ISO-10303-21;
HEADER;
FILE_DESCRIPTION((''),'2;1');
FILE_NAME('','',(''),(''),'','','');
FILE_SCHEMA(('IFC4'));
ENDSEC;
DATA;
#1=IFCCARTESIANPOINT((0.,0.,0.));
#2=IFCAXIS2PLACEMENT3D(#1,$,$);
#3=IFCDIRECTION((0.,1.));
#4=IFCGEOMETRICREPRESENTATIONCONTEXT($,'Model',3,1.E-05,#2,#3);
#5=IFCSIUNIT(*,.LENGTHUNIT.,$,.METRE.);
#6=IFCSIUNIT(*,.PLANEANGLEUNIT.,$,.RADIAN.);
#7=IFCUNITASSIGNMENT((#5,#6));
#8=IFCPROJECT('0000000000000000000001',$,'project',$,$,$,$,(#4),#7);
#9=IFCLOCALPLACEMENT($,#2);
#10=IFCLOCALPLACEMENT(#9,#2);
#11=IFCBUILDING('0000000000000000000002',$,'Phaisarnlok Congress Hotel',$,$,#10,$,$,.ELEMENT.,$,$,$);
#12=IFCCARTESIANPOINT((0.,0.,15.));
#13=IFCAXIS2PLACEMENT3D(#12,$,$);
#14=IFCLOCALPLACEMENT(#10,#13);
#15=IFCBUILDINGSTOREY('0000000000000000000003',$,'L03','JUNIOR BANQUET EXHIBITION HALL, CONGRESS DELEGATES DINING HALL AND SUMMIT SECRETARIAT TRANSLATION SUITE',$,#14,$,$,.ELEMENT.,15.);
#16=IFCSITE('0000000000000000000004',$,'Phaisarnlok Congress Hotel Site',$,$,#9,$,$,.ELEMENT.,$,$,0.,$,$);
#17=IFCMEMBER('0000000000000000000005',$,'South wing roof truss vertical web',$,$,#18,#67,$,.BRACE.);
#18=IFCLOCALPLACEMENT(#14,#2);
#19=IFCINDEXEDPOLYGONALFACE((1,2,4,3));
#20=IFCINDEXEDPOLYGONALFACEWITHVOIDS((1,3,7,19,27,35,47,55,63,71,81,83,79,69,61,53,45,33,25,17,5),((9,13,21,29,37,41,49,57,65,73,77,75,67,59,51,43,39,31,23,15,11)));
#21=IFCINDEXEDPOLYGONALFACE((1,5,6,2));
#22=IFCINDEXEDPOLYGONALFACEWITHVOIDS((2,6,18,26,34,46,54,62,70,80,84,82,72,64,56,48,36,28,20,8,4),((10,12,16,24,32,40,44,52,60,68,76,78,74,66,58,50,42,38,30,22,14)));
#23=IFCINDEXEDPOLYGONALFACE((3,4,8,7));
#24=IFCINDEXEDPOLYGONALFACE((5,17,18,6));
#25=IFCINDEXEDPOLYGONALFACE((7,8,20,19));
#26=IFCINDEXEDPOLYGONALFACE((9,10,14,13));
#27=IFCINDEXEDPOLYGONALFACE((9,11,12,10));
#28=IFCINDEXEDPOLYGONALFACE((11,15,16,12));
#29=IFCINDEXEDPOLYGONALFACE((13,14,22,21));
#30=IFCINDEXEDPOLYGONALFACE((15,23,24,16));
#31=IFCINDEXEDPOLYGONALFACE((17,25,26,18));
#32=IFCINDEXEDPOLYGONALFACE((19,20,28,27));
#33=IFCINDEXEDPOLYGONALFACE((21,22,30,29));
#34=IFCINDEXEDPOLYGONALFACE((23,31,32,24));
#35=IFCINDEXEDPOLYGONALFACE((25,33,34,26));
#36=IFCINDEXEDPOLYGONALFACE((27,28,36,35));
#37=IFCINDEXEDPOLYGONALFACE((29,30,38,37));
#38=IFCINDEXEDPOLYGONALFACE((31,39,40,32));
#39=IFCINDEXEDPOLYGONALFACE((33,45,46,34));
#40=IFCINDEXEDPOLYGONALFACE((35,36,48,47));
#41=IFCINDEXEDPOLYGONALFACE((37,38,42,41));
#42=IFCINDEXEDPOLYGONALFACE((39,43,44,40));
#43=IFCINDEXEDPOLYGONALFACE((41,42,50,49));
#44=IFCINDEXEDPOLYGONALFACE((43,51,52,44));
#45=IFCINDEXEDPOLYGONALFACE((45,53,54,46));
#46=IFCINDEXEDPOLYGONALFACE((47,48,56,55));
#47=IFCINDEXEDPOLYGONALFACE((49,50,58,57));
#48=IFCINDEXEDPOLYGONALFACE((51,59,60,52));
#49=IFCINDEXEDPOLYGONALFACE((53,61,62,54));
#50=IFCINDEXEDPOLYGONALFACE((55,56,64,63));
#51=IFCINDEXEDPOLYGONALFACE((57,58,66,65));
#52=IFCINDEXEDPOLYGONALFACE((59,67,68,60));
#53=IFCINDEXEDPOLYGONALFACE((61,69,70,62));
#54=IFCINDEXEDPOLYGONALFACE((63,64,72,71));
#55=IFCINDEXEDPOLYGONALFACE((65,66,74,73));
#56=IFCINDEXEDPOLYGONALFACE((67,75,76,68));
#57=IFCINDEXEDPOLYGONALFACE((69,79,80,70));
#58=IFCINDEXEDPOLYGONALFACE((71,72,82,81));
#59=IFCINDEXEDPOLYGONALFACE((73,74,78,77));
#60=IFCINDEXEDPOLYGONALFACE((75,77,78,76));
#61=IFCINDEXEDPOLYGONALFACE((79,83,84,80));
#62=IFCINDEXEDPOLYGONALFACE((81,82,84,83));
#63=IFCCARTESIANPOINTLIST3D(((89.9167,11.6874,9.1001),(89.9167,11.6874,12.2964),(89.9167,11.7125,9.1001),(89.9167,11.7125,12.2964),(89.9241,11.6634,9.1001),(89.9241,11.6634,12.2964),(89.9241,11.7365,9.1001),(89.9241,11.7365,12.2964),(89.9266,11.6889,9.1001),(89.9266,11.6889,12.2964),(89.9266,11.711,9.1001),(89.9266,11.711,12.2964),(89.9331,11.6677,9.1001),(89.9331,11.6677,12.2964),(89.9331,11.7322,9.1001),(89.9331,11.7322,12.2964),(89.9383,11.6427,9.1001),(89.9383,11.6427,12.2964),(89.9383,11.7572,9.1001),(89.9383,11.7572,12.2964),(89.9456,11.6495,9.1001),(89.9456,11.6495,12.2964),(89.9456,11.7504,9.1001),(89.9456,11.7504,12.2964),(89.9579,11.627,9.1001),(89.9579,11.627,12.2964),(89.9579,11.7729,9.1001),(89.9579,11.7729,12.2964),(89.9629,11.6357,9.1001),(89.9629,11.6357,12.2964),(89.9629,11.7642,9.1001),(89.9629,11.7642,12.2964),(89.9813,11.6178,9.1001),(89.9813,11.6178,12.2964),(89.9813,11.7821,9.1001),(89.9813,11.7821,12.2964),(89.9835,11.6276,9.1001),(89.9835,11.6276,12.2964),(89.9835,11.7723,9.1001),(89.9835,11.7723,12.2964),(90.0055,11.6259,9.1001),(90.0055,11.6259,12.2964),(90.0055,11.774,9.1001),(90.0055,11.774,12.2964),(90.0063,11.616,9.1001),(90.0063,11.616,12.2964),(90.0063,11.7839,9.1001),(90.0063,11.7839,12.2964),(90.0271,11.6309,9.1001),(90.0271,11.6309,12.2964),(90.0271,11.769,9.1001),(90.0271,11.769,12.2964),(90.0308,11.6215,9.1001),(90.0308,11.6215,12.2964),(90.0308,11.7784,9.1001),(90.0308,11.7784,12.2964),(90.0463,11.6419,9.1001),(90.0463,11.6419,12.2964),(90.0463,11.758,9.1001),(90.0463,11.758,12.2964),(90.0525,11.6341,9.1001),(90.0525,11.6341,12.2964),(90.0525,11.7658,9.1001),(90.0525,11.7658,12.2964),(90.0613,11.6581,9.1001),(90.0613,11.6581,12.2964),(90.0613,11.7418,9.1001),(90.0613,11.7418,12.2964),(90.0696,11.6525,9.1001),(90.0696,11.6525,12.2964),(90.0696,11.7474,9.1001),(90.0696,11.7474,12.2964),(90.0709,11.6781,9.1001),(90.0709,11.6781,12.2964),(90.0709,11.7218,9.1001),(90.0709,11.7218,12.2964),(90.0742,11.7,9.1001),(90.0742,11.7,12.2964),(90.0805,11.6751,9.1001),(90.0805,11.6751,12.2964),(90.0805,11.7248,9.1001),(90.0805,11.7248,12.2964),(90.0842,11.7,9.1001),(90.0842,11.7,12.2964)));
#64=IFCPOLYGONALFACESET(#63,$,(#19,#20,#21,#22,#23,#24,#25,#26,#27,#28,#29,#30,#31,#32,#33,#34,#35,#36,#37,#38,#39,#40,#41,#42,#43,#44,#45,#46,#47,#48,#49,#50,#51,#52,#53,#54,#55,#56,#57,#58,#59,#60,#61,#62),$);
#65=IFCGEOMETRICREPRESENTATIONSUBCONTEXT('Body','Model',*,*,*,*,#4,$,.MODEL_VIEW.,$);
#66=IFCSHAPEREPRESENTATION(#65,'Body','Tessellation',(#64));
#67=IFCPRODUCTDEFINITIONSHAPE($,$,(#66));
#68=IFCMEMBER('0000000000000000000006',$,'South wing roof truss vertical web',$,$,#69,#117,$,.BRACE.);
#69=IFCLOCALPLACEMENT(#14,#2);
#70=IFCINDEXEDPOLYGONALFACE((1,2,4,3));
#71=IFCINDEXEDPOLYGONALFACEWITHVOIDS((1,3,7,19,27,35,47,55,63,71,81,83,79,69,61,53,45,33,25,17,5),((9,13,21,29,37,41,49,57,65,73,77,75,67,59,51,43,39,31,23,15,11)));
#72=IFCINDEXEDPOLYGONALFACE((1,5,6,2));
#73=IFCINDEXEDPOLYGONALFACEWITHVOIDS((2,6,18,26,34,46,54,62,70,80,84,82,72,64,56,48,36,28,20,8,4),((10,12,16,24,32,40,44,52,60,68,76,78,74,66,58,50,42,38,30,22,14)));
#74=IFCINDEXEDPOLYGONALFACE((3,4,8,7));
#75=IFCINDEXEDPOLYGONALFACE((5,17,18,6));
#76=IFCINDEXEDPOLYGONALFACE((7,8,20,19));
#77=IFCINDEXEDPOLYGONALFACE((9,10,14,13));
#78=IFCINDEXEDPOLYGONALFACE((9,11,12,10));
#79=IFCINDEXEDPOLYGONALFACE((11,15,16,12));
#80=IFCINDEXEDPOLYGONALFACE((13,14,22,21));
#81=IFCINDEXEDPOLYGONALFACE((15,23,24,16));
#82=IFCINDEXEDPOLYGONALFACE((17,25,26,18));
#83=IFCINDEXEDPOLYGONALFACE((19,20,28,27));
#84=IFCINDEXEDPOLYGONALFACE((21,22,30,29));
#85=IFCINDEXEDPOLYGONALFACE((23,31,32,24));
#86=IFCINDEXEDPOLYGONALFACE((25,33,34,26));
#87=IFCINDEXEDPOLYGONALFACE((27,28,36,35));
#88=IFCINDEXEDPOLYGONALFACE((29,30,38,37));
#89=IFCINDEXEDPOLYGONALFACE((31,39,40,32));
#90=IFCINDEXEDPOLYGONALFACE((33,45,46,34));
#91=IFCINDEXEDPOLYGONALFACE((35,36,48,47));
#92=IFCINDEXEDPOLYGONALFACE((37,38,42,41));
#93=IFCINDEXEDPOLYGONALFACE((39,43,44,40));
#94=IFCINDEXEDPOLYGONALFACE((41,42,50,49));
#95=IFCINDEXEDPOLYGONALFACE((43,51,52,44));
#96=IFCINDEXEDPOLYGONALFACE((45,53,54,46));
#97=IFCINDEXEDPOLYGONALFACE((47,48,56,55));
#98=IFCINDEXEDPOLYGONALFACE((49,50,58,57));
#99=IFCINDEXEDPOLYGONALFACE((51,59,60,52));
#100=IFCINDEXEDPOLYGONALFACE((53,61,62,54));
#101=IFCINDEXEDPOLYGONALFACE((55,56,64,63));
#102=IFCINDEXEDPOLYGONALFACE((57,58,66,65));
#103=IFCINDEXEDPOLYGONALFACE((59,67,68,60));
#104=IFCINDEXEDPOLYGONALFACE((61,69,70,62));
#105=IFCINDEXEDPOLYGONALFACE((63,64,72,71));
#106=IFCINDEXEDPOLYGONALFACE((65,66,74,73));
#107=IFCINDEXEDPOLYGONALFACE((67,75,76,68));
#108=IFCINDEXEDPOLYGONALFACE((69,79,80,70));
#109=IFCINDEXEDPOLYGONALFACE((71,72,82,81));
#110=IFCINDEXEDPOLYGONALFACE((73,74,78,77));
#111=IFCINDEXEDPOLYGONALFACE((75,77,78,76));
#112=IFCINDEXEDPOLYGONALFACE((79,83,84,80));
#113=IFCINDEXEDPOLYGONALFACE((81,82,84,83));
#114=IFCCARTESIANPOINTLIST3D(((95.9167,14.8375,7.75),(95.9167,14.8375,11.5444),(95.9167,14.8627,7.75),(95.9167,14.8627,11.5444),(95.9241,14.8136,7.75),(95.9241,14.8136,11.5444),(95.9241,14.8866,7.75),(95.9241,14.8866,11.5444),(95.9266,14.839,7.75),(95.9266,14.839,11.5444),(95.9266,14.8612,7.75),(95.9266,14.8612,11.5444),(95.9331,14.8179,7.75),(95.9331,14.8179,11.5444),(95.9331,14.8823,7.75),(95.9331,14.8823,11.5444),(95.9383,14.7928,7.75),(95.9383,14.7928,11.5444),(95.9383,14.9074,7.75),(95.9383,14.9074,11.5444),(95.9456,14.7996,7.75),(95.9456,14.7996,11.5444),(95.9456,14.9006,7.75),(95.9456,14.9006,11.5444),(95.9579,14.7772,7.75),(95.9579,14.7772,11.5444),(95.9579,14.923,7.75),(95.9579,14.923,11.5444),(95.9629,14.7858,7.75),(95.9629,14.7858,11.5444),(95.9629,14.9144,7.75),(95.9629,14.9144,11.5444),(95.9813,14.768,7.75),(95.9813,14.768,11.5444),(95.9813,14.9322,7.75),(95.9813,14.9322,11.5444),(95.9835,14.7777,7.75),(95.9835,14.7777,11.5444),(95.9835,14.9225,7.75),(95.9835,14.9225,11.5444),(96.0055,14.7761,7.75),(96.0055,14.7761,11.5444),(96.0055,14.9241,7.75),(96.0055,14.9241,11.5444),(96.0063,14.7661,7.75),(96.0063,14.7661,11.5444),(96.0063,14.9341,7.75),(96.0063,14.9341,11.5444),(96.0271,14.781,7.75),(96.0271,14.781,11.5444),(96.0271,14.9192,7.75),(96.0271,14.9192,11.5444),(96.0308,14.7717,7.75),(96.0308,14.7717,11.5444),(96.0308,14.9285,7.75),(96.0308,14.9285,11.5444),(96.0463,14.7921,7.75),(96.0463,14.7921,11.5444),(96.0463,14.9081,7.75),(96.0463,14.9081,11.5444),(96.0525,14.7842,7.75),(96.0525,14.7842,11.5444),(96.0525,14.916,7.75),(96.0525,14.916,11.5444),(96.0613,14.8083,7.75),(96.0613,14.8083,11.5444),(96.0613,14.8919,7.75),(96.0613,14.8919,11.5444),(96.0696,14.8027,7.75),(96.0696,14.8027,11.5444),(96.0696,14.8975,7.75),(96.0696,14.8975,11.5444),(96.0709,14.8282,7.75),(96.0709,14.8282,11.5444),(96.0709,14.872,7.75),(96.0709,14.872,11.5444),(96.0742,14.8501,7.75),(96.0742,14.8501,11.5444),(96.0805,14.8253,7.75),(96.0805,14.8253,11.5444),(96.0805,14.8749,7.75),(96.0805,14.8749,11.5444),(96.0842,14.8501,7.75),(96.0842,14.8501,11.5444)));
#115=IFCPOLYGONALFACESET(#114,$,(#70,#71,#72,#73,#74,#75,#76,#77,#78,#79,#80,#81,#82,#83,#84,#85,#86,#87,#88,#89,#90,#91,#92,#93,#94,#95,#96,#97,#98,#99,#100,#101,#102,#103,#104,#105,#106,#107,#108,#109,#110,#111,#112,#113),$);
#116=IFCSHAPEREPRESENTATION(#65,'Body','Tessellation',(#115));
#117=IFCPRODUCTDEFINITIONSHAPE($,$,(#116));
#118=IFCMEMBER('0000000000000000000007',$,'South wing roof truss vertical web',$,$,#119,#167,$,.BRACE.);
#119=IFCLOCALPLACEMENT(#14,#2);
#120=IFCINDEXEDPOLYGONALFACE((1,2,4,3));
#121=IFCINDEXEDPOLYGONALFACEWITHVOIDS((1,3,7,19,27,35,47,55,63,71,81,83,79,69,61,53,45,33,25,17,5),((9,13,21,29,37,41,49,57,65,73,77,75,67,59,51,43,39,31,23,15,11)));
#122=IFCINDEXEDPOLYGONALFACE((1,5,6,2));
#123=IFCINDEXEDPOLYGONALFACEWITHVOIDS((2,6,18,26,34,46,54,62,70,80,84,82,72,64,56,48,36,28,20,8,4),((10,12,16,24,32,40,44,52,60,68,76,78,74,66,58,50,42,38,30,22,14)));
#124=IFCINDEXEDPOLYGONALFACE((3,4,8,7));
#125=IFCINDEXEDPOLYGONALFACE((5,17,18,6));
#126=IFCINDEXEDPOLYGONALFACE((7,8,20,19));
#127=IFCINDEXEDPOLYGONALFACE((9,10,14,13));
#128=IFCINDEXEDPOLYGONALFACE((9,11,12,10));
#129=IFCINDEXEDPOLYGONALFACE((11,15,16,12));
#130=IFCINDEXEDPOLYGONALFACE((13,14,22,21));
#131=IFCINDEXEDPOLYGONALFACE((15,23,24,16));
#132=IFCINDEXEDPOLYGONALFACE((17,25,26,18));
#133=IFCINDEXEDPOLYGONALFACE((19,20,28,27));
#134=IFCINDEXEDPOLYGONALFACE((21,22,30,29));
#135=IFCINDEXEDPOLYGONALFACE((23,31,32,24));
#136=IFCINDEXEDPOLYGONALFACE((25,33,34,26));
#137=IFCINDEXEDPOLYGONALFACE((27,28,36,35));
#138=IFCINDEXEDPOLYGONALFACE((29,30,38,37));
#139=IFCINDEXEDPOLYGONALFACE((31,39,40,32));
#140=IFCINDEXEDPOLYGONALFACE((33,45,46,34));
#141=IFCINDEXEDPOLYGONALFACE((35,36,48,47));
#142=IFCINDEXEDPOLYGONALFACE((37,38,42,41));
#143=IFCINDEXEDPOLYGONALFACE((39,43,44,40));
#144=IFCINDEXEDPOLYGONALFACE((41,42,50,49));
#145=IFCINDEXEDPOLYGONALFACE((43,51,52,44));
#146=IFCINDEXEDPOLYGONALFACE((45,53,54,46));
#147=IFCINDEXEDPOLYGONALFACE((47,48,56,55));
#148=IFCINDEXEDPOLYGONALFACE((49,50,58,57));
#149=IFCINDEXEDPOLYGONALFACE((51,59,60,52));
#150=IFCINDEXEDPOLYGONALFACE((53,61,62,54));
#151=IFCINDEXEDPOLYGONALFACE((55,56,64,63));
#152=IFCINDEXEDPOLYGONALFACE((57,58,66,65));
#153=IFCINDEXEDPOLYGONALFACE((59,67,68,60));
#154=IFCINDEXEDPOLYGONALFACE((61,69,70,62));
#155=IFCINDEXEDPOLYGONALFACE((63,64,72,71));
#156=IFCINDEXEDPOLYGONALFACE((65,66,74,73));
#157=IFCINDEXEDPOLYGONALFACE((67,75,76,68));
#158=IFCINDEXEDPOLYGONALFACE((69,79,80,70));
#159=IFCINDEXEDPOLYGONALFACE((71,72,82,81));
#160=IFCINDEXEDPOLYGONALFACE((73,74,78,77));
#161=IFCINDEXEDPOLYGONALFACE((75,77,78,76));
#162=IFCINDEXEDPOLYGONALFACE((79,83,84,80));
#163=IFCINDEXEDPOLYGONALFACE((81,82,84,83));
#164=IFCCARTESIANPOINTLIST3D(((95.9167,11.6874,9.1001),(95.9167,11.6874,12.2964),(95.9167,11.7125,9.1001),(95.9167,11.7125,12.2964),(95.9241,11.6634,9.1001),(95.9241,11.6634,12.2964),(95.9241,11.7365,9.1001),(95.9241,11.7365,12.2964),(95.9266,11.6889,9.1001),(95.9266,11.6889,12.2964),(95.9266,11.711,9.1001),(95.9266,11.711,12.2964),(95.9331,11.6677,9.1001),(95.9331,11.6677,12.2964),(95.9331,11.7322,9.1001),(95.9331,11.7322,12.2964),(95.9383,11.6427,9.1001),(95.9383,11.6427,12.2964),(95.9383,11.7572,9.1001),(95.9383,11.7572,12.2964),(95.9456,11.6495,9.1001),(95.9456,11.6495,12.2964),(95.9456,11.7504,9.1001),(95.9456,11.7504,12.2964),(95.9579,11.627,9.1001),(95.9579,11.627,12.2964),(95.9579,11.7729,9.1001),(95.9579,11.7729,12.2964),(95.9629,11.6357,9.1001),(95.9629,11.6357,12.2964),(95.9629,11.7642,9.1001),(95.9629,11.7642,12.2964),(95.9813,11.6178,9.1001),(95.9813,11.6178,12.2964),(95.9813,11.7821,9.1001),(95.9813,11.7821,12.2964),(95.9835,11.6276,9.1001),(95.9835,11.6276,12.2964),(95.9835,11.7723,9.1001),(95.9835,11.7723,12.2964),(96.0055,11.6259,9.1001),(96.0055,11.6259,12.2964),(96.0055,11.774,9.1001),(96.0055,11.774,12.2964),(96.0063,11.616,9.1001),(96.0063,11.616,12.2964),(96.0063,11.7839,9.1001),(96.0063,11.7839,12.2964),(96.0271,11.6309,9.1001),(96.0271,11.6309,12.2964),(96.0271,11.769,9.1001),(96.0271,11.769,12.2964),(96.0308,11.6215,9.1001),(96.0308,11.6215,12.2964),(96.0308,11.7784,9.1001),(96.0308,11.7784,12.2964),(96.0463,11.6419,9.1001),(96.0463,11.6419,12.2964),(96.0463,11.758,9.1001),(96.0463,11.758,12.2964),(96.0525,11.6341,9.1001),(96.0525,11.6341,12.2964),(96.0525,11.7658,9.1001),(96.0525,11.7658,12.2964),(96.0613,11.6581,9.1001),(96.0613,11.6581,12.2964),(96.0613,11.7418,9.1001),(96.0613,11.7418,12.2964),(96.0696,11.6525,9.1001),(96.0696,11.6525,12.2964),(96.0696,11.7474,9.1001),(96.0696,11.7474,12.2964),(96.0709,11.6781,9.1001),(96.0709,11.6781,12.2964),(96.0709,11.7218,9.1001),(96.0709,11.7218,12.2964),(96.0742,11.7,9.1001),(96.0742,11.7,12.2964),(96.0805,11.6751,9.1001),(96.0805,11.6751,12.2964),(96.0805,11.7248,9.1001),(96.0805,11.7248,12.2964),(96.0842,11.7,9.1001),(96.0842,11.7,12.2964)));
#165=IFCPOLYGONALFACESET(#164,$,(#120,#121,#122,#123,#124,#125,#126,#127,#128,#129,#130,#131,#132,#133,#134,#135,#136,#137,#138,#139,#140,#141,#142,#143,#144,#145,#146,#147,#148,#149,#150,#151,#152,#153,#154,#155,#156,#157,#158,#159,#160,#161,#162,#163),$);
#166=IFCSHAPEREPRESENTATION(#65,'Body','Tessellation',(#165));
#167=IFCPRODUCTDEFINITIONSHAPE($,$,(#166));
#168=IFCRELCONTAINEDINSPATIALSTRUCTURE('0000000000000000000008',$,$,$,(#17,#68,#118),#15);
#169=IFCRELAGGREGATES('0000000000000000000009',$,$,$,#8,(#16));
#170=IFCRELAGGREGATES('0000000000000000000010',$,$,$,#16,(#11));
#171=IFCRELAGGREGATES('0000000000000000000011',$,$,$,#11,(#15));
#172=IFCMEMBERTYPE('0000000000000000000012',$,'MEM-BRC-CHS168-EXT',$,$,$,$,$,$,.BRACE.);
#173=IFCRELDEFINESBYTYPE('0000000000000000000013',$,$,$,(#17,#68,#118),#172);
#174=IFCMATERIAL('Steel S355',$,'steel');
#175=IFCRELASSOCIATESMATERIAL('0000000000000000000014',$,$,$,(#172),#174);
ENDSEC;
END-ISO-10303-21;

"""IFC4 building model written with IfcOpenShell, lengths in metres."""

from ifc_helpers import new_model, si_unit, direction, frame, origin, origin_2d, place, context, subcontext, project, spatial, hollow_circle, extrude, material, material_profile, profile_set, type_object, element, save


model = new_model("IFC4")

# Units and contexts
model_context = context("Model", 3, precision=1e-05, world=origin(), true_north=direction((0.0, 1.0)))
body_context = subcontext(model_context, "Body", "Model", "MODEL_VIEW")
ifc_project = project(units=[si_unit("LENGTHUNIT", "METRE"), si_unit("PLANEANGLEUNIT", "RADIAN")], contexts=[model_context])

# Site, building, storey
site_placement = place(None, origin())
site = spatial("IfcSite", under=ifc_project, at=site_placement, Name="Phaisarnlok Congress Hotel Site", CompositionType="ELEMENT", RefElevation=0.0)
building_placement = place(site_placement, origin())
building = spatial("IfcBuilding", under=site, at=building_placement, Name="Phaisarnlok Congress Hotel", CompositionType="ELEMENT")
storey_placement = place(building_placement, frame((0.0, 0.0, 15.0)))
storey = spatial("IfcBuildingStorey", under=building, at=storey_placement, Name="L03", Description="JUNIOR BANQUET EXHIBITION HALL, CONGRESS DELEGATES DINING HALL AND SUMMIT SECRETARIAT TRANSLATION SUITE", CompositionType="ELEMENT", Elevation=15.0)

# Shared definitions
ifc_material_1 = material(Name="Steel S355", Category="steel")

# Members
ifc_material_profile_1 = material_profile(ifc_material_1, hollow_circle(Radius=0.0842, WallThickness=0.01, at=origin_2d()), Name="CHS 168.3x10")
ifc_profile_set_1 = profile_set([ifc_material_profile_1], Name="Steel S355")
member_type_1 = type_object("IfcMemberType", Name="MEM-BRC-CHS168-EXT", PredefinedType="BRACE", material=ifc_profile_set_1)
member_1_placement = place(storey_placement, frame((90.0, 11.7, 9.1001), z_axis=(0.0, 0.0, 1.0), x_axis=(1.0, 0.0, 0.0)))
element("IfcMember", 1, at=member_1_placement, inside=storey, type_object=member_type_1, Name="South wing roof truss vertical web", PredefinedType="BRACE", context=body_context, shape_type="SweptSolid", body=[
    extrude(hollow_circle(Radius=0.0842, WallThickness=0.01, at=origin_2d()), origin(), (0.0, 0.0, 1.0), 3.1963),
])
member_2_placement = place(storey_placement, frame((96.0, 14.8501, 7.75), z_axis=(0.0, 0.0, 1.0), x_axis=(1.0, 0.0, 0.0)))
element("IfcMember", 2, at=member_2_placement, inside=storey, type_object=member_type_1, Name="South wing roof truss vertical web", PredefinedType="BRACE", context=body_context, shape_type="SweptSolid", body=[
    extrude(hollow_circle(Radius=0.0842, WallThickness=0.01, at=origin_2d()), origin(), (0.0, 0.0, 1.0), 3.7944),
])
member_3_placement = place(storey_placement, frame((96.0, 11.7, 9.1001), z_axis=(0.0, 0.0, 1.0), x_axis=(1.0, 0.0, 0.0)))
element("IfcMember", 3, at=member_3_placement, inside=storey, type_object=member_type_1, Name="South wing roof truss vertical web", PredefinedType="BRACE", context=body_context, shape_type="SweptSolid", body=[
    extrude(hollow_circle(Radius=0.0842, WallThickness=0.01, at=origin_2d()), origin(), (0.0, 0.0, 1.0), 3.1963),
])

save(model, "model.ifc")
